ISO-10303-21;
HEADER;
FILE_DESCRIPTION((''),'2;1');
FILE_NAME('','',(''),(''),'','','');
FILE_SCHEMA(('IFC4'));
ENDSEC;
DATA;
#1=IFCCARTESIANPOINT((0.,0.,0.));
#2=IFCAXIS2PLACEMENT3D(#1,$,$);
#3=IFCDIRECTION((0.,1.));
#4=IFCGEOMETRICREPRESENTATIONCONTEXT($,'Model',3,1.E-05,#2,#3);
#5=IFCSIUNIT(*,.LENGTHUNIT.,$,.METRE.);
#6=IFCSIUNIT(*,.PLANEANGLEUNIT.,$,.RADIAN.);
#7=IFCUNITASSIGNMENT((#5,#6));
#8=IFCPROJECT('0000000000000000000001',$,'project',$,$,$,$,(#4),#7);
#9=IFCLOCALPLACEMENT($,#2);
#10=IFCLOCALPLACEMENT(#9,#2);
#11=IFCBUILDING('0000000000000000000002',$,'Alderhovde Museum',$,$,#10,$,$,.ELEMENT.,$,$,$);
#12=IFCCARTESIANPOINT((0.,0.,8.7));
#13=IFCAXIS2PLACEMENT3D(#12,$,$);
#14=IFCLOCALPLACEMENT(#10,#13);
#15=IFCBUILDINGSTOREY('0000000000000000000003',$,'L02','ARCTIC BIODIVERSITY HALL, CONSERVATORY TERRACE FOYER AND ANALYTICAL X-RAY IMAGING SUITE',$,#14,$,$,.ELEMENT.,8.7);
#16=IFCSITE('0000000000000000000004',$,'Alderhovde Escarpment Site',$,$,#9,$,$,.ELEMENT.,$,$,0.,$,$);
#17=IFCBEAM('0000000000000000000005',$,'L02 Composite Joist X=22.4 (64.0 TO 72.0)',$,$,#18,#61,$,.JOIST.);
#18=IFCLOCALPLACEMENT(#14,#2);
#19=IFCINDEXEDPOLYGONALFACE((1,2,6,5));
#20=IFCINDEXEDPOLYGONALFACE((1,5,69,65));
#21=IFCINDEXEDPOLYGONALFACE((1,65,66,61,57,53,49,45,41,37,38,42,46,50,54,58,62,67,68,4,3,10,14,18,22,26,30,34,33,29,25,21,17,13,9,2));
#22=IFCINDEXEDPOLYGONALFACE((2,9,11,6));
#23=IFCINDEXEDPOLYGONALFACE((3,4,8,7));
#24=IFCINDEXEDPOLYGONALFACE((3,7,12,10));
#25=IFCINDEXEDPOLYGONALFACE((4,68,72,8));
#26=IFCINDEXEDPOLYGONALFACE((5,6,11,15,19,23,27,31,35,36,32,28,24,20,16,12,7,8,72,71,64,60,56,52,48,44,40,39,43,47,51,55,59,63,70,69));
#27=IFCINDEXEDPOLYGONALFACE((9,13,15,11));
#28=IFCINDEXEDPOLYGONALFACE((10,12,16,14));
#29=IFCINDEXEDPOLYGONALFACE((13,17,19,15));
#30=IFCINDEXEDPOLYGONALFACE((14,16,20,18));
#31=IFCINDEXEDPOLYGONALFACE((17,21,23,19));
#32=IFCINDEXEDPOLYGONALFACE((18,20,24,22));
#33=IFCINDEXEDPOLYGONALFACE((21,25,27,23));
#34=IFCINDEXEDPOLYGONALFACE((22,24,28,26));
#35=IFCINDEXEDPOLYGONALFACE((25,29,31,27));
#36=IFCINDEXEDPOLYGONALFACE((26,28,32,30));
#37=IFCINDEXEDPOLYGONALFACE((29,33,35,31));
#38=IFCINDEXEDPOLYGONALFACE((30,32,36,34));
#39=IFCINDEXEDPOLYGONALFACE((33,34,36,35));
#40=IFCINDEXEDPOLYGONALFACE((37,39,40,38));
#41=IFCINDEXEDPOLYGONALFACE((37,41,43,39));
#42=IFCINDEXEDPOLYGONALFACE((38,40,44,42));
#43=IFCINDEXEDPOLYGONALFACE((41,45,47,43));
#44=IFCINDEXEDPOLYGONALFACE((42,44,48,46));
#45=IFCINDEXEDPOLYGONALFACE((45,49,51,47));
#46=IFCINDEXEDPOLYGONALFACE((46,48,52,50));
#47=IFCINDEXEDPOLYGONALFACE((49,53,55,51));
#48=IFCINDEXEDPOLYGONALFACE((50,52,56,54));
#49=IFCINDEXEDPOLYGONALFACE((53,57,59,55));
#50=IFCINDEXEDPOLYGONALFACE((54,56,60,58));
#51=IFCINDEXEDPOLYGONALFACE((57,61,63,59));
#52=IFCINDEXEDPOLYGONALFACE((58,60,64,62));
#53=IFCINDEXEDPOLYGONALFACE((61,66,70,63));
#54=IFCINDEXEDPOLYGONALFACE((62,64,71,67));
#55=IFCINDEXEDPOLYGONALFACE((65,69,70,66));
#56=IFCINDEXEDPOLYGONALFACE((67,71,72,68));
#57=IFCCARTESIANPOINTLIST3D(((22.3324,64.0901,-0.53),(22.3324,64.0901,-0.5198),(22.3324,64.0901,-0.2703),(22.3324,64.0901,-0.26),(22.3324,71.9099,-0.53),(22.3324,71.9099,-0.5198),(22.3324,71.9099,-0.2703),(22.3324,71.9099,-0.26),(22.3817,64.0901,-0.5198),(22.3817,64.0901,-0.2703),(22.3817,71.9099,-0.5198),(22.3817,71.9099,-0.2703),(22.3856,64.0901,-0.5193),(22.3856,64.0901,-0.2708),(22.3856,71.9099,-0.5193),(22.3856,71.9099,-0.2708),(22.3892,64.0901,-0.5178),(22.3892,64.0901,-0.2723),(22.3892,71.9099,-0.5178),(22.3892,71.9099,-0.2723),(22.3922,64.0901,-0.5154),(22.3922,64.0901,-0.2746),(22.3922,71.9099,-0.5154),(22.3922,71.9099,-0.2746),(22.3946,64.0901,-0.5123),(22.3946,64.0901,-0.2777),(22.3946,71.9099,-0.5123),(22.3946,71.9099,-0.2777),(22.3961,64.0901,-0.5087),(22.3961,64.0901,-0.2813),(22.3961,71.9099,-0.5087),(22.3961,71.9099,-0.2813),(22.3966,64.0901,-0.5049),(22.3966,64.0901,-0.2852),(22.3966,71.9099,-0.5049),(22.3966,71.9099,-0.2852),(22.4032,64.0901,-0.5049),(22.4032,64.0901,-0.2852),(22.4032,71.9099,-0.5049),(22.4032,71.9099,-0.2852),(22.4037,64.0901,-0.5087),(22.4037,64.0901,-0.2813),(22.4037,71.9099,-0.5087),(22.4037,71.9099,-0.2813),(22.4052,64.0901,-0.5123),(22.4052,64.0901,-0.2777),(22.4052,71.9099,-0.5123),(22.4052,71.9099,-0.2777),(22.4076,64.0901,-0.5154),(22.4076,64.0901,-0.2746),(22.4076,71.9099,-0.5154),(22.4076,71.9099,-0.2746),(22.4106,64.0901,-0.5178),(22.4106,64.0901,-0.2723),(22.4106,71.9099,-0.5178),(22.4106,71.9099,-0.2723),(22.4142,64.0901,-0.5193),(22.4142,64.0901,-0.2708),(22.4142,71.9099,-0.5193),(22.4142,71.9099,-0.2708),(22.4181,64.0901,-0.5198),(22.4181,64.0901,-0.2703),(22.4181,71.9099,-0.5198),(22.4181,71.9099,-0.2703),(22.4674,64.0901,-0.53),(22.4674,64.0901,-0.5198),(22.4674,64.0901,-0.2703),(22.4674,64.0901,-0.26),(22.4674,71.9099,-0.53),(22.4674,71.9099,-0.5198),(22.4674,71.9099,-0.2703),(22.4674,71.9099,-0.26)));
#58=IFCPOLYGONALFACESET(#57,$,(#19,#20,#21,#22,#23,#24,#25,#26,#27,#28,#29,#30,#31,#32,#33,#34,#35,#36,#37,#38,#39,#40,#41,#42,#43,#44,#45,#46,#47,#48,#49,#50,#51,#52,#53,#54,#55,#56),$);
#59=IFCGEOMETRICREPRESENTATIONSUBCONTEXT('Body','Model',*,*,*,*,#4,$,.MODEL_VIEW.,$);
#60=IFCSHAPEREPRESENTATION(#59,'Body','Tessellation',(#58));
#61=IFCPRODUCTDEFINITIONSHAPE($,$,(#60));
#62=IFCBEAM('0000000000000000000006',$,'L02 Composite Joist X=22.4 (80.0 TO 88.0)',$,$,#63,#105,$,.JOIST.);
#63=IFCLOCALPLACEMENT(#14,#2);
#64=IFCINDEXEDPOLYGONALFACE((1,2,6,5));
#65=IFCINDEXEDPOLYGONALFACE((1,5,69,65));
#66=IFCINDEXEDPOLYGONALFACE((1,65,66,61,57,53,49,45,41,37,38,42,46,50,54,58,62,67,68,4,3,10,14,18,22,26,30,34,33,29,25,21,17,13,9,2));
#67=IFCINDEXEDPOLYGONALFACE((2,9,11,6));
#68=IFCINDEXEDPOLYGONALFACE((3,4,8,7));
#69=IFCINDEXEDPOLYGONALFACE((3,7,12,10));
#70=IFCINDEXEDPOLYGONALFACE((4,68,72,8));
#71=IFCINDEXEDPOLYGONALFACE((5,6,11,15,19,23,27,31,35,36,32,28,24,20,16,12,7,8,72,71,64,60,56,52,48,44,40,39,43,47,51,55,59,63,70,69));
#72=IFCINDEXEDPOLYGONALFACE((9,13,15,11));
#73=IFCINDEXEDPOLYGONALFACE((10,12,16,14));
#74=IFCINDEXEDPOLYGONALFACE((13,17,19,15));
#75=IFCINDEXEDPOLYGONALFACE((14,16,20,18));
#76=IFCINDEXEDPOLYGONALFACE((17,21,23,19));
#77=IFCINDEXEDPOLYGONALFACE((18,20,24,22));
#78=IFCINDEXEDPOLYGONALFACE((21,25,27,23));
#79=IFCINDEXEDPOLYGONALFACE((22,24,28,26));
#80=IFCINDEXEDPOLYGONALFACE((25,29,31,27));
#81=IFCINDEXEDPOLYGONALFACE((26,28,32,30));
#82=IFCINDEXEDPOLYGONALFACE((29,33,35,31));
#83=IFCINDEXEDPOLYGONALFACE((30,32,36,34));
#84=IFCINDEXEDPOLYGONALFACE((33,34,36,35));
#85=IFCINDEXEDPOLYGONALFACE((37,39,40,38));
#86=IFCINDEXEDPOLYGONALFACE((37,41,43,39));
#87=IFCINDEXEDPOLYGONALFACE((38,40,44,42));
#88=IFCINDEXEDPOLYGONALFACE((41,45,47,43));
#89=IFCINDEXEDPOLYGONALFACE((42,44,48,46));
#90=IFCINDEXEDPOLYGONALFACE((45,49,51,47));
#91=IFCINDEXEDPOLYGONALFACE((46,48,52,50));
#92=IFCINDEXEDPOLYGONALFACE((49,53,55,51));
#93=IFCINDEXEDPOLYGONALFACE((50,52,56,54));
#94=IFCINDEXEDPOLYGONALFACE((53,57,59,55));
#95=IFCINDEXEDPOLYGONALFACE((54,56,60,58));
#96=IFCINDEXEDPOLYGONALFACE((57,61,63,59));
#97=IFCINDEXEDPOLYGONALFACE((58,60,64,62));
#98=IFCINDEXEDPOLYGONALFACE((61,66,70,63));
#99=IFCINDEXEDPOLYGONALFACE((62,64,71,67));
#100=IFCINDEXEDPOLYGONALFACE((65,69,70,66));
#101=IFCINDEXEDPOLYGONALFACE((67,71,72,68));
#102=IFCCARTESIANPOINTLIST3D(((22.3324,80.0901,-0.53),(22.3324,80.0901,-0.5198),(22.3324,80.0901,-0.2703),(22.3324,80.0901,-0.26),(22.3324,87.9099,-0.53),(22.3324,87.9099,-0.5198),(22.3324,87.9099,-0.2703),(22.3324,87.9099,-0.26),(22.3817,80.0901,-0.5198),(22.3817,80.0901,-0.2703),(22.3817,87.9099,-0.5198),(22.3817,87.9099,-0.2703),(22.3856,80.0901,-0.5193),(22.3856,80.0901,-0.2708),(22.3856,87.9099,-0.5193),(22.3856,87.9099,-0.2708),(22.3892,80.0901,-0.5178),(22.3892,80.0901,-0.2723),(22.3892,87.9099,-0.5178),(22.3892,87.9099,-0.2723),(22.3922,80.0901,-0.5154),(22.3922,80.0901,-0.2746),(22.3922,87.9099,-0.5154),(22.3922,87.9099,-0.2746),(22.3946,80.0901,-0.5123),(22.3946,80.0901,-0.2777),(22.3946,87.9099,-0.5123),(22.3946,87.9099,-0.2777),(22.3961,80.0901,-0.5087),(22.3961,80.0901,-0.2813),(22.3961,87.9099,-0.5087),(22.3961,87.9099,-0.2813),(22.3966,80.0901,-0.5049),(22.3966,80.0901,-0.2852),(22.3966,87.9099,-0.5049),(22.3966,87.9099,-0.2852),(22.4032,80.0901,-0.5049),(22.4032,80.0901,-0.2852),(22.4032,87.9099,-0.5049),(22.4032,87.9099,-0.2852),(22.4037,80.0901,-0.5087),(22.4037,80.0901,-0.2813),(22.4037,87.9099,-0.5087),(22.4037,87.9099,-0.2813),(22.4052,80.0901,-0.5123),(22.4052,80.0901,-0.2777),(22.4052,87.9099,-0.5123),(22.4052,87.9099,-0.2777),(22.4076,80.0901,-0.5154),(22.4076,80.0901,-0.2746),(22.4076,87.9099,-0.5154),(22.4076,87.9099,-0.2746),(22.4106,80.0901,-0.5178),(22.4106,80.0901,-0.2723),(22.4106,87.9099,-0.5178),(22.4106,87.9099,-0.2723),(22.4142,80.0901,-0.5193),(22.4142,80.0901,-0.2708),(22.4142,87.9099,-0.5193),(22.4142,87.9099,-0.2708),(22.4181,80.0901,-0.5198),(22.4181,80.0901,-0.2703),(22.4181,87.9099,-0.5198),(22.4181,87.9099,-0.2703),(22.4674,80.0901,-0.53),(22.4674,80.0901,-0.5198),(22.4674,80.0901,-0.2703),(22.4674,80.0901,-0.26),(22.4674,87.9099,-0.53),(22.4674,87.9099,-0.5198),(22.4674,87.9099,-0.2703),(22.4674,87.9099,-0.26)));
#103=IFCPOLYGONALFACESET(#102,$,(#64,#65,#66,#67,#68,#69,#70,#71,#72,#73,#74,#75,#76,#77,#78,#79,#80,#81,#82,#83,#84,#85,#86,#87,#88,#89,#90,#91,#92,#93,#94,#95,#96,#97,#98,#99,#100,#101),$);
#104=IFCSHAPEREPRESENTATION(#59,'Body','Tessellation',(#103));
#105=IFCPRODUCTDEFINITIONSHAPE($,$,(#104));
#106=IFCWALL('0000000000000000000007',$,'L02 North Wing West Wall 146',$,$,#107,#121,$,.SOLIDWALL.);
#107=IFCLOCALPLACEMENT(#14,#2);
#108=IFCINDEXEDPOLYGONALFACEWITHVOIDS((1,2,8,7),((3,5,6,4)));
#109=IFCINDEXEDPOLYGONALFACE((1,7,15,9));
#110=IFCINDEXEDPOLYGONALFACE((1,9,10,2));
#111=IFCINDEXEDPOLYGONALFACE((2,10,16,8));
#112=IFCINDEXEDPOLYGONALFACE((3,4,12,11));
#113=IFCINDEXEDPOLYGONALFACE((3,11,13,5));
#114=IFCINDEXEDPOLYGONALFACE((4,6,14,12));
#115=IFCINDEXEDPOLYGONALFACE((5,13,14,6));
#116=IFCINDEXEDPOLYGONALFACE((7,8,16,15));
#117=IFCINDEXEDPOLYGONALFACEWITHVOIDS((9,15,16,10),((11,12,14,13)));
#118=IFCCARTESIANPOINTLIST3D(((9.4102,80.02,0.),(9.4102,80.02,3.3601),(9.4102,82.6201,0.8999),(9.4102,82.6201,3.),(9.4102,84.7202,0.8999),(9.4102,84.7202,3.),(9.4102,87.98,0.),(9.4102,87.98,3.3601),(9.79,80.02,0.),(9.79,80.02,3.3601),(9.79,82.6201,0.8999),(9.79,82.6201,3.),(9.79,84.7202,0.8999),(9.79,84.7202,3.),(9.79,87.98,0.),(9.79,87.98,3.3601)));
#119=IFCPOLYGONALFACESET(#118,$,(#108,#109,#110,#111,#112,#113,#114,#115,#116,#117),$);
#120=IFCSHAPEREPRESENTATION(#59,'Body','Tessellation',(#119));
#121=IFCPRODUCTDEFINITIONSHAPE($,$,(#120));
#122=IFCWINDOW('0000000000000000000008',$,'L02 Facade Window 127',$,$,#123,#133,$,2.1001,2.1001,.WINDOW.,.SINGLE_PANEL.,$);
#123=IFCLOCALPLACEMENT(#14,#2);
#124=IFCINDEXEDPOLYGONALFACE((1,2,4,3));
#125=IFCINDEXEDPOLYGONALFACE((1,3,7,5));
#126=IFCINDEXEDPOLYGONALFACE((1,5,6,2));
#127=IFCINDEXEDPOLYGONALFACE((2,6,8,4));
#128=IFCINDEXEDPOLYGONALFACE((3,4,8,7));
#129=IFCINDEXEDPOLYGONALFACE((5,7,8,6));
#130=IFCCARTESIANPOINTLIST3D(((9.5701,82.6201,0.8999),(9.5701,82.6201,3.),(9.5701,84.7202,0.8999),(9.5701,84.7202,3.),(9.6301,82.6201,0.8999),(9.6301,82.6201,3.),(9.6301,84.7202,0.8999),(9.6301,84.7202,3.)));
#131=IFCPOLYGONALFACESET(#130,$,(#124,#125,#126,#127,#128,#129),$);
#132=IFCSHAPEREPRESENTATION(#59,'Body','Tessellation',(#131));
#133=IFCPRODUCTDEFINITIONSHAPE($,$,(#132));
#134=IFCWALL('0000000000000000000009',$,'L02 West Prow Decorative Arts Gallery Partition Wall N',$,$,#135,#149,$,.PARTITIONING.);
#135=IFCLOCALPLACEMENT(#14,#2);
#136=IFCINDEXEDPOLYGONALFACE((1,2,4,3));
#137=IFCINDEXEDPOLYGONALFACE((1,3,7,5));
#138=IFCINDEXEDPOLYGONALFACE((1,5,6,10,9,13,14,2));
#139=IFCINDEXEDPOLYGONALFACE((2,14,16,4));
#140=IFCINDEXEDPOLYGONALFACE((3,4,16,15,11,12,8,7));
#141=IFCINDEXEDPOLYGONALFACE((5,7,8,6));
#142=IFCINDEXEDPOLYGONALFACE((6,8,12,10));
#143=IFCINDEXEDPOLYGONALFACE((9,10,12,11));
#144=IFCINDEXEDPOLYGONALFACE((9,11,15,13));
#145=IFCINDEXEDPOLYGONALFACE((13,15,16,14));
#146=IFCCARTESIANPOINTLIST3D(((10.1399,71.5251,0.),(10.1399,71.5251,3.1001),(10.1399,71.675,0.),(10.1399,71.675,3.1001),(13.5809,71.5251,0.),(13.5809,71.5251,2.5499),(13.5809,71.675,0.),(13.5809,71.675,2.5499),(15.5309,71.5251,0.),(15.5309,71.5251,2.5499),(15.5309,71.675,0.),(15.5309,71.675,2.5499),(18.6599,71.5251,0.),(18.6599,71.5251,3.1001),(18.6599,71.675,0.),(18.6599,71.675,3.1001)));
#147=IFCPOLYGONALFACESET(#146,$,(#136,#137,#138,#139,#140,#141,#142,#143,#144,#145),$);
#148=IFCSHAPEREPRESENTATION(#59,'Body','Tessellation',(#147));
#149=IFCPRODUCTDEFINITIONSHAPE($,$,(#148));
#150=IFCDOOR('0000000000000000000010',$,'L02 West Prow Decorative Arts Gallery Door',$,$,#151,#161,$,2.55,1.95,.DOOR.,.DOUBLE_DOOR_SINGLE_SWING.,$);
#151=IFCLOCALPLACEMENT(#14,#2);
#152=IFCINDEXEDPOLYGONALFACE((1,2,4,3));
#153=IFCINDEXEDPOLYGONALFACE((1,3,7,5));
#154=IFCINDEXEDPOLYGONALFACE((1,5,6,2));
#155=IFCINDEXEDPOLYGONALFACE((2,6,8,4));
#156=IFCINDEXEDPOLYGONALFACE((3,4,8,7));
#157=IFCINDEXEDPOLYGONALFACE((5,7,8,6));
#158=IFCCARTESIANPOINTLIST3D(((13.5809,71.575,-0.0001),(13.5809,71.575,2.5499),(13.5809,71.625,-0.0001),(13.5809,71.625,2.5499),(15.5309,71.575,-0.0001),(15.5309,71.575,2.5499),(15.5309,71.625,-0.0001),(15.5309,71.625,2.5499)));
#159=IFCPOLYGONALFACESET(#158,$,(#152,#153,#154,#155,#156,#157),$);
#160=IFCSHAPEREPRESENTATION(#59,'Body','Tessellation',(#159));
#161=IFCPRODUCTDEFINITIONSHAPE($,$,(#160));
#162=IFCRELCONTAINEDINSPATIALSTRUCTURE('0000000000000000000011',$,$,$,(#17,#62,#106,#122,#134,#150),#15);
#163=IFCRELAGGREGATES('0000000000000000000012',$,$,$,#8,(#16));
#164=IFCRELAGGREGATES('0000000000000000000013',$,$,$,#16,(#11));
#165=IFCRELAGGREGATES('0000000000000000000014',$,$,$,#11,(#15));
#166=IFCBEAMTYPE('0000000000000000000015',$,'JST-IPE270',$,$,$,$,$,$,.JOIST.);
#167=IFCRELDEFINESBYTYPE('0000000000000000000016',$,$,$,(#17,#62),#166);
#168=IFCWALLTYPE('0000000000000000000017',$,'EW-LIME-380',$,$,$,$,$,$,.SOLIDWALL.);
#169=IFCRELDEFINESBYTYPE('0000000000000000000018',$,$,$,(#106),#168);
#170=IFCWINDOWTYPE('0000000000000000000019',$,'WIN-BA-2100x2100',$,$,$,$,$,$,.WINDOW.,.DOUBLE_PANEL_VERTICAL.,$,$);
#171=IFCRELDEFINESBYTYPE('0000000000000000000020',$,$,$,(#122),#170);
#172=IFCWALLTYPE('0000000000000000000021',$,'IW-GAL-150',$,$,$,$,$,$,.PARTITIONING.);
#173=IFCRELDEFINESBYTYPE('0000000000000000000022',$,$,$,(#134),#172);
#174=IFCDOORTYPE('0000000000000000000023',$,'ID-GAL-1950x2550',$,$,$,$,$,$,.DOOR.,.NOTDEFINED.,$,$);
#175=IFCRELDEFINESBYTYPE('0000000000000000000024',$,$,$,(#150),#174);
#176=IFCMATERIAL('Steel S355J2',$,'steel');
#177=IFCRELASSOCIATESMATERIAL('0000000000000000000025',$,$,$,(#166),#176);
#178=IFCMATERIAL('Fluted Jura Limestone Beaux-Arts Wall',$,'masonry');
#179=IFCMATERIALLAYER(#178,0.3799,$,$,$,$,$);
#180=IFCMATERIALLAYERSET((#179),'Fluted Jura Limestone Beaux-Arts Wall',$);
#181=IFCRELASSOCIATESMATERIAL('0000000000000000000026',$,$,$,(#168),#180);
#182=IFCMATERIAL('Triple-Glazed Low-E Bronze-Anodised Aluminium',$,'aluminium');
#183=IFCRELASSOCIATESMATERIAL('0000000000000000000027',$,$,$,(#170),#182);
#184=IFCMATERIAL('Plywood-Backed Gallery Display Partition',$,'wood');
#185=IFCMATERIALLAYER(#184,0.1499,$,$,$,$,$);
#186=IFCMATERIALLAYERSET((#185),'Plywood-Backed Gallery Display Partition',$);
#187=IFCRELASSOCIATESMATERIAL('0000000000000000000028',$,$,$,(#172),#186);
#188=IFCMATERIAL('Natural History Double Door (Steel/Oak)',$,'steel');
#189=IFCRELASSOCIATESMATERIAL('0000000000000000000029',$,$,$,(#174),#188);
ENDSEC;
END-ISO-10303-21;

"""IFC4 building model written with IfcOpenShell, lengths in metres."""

from ifc_helpers import new_model, si_unit, direction, frame, frame_2d, origin, origin_2d, place, context, subcontext, project, spatial, rectangle, i_section, extrude, material, layer, layer_set, material_profile, profile_set, type_object, element, fill, save


model = new_model("IFC4")

# Units and contexts
model_context = context("Model", 3, precision=1e-05, world=origin(), true_north=direction((0.0, 1.0)))
body_context = subcontext(model_context, "Body", "Model", "MODEL_VIEW")
ifc_project = project(units=[si_unit("LENGTHUNIT", "METRE"), si_unit("PLANEANGLEUNIT", "RADIAN")], contexts=[model_context])

# Site, building, storey
site_placement = place(None, origin())
site = spatial("IfcSite", under=ifc_project, at=site_placement, Name="Alderhovde Escarpment Site", CompositionType="ELEMENT", RefElevation=0.0)
building_placement = place(site_placement, origin())
building = spatial("IfcBuilding", under=site, at=building_placement, Name="Alderhovde Museum", CompositionType="ELEMENT")
storey_placement = place(building_placement, frame((0.0, 0.0, 8.7)))
storey = spatial("IfcBuildingStorey", under=building, at=storey_placement, Name="L02", Description="ARCTIC BIODIVERSITY HALL, CONSERVATORY TERRACE FOYER AND ANALYTICAL X-RAY IMAGING SUITE", CompositionType="ELEMENT", Elevation=8.7)

# Beams
ifc_material_1 = material(Name="Steel S355J2", Category="steel")
ifc_material_profile_1 = material_profile(ifc_material_1, i_section(OverallWidth=0.135, OverallDepth=0.27, WebThickness=0.0066, FlangeThickness=0.0103, FilletRadius=0.0149, at=origin_2d()), Name="IPE 270")
ifc_profile_set_1 = profile_set([ifc_material_profile_1], Name="Steel S355J2")
beam_type_1 = type_object("IfcBeamType", Name="JST-IPE270", PredefinedType="JOIST", material=ifc_profile_set_1)
for number, where, z_axis, x_axis, name in (
    (1, (22.3999, 64.0901, -0.395), (0.0, 1.0, 0.0), (-1.0, 0.0, 0.0), "L02 Composite Joist X=22.4 (64.0 TO 72.0)"),
    (2, (22.3999, 80.0901, -0.395), (0.0, 1.0, 0.0), (-1.0, 0.0, 0.0), "L02 Composite Joist X=22.4 (80.0 TO 88.0)"),
):
    element("IfcBeam", number, at=place(storey_placement, frame(where, z_axis=z_axis, x_axis=x_axis)), inside=storey, type_object=beam_type_1, Name=name, PredefinedType="JOIST", context=body_context, shape_type="SweptSolid", body=[
        extrude(i_section(OverallWidth=0.135, OverallDepth=0.27, WebThickness=0.0066, FlangeThickness=0.0103, FilletRadius=0.0149, at=origin_2d()), origin(), (0.0, 0.0, 1.0), 7.8198),
    ])

# Wall, opening, window
ifc_material_2 = material(Name="Fluted Jura Limestone Beaux-Arts Wall", Category="masonry")
ifc_layer_1 = layer(ifc_material_2, 0.3799)
ifc_layer_set_1 = layer_set([ifc_layer_1], Name="Fluted Jura Limestone Beaux-Arts Wall")
wall_type_1 = type_object("IfcWallType", Name="EW-LIME-380", PredefinedType="SOLIDWALL", material=ifc_layer_set_1)
wall_1_placement = place(storey_placement, frame((9.6001, 80.02, 0.0), z_axis=(0.0, 0.0, 1.0), x_axis=(0.0, 1.0, 0.0)))
wall_1 = element("IfcWall", 3, at=wall_1_placement, inside=storey, type_object=wall_type_1, Name="L02 North Wing West Wall 146", PredefinedType="SOLIDWALL", context=body_context, shape_type="SweptSolid", body=[
    extrude(rectangle(XDim=7.96, YDim=0.3799, at=frame_2d((3.98, 0.0))), origin(), (0.0, 0.0, 1.0), 3.3601),
])
opening_1_placement = place(wall_1_placement, frame((2.6001, 0.0, 0.8999)))
opening_1 = element("IfcOpeningElement", 4, at=opening_1_placement, cuts=wall_1, PredefinedType="OPENING", context=body_context, shape_type="SweptSolid", body=[
    extrude(rectangle(XDim=2.1001, YDim=2.1001, at=frame_2d((1.05, 1.05))), frame((0.0, 0.2, 0.0), z_axis=(0.0, -1.0, 0.0), x_axis=(1.0, 0.0, 0.0)), (0.0, 0.0, 1.0), 0.3999),
])
ifc_material_3 = material(Name="Triple-Glazed Low-E Bronze-Anodised Aluminium", Category="aluminium")
window_type = type_object("IfcWindowType", Name="WIN-BA-2100x2100", PartitioningType="DOUBLE_PANEL_VERTICAL", PredefinedType="WINDOW", material=ifc_material_3)
window_placement = place(opening_1_placement, origin())
window = element("IfcWindow", 5, at=window_placement, inside=storey, type_object=window_type, Name="L02 Facade Window 127", OverallHeight=2.1001, OverallWidth=2.1001, PartitioningType="SINGLE_PANEL", PredefinedType="WINDOW", context=body_context, shape_type="SweptSolid", body=[
    extrude(rectangle(XDim=2.1001, YDim=2.1001, at=frame_2d((1.05, 1.05))), frame((0.0, 0.03, 0.0), z_axis=(0.0, -1.0, 0.0), x_axis=(1.0, 0.0, 0.0)), (0.0, 0.0, 1.0), 0.0601),
])
fill(opening_1, window)

# Wall, opening, door
ifc_material_4 = material(Name="Plywood-Backed Gallery Display Partition", Category="wood")
ifc_layer_2 = layer(ifc_material_4, 0.1499)
ifc_layer_set_2 = layer_set([ifc_layer_2], Name="Plywood-Backed Gallery Display Partition")
wall_type_2 = type_object("IfcWallType", Name="IW-GAL-150", PredefinedType="PARTITIONING", material=ifc_layer_set_2)
wall_2_placement = place(storey_placement, frame((10.1399, 71.6001, 0.0), z_axis=(0.0, 0.0, 1.0), x_axis=(1.0, 0.0, 0.0)))
wall_2 = element("IfcWall", 6, at=wall_2_placement, inside=storey, type_object=wall_type_2, Name="L02 West Prow Decorative Arts Gallery Partition Wall N", PredefinedType="PARTITIONING", context=body_context, shape_type="SweptSolid", body=[
    extrude(rectangle(XDim=8.52, YDim=0.1499, at=frame_2d((4.26, 0.0))), origin(), (0.0, 0.0, 1.0), 3.1001),
])
opening_2_placement = place(wall_2_placement, frame((3.4409, 0.0, 0.0)))
opening_2 = element("IfcOpeningElement", 7, at=opening_2_placement, cuts=wall_2, PredefinedType="OPENING", context=body_context, shape_type="SweptSolid", body=[
    extrude(rectangle(XDim=1.95, YDim=2.55, at=frame_2d((0.9751, 1.2749))), frame((0.0, 0.085, 0.0), z_axis=(0.0, -1.0, 0.0), x_axis=(1.0, 0.0, 0.0)), (0.0, 0.0, 1.0), 0.1699),
])
ifc_material_5 = material(Name="Natural History Double Door (Steel/Oak)", Category="steel")
door_type_1 = type_object("IfcDoorType", Name="ID-GAL-1950x2550", OperationType="NOTDEFINED", PredefinedType="DOOR", material=ifc_material_5)
door_1_placement = place(opening_2_placement, origin())
door_1 = element("IfcDoor", 8, at=door_1_placement, inside=storey, type_object=door_type_1, Name="L02 West Prow Decorative Arts Gallery Door", OperationType="DOUBLE_DOOR_SINGLE_SWING", OverallHeight=2.55, OverallWidth=1.95, PredefinedType="DOOR", context=body_context, shape_type="SweptSolid", body=[
    extrude(rectangle(XDim=1.95, YDim=2.55, at=frame_2d((0.9751, 1.2749))), frame((0.0, 0.0249, 0.0), z_axis=(0.0, -1.0, 0.0), x_axis=(1.0, 0.0, 0.0)), (0.0, 0.0, 1.0), 0.05),
])
fill(opening_2, door_1)

save(model, "model.ifc")
